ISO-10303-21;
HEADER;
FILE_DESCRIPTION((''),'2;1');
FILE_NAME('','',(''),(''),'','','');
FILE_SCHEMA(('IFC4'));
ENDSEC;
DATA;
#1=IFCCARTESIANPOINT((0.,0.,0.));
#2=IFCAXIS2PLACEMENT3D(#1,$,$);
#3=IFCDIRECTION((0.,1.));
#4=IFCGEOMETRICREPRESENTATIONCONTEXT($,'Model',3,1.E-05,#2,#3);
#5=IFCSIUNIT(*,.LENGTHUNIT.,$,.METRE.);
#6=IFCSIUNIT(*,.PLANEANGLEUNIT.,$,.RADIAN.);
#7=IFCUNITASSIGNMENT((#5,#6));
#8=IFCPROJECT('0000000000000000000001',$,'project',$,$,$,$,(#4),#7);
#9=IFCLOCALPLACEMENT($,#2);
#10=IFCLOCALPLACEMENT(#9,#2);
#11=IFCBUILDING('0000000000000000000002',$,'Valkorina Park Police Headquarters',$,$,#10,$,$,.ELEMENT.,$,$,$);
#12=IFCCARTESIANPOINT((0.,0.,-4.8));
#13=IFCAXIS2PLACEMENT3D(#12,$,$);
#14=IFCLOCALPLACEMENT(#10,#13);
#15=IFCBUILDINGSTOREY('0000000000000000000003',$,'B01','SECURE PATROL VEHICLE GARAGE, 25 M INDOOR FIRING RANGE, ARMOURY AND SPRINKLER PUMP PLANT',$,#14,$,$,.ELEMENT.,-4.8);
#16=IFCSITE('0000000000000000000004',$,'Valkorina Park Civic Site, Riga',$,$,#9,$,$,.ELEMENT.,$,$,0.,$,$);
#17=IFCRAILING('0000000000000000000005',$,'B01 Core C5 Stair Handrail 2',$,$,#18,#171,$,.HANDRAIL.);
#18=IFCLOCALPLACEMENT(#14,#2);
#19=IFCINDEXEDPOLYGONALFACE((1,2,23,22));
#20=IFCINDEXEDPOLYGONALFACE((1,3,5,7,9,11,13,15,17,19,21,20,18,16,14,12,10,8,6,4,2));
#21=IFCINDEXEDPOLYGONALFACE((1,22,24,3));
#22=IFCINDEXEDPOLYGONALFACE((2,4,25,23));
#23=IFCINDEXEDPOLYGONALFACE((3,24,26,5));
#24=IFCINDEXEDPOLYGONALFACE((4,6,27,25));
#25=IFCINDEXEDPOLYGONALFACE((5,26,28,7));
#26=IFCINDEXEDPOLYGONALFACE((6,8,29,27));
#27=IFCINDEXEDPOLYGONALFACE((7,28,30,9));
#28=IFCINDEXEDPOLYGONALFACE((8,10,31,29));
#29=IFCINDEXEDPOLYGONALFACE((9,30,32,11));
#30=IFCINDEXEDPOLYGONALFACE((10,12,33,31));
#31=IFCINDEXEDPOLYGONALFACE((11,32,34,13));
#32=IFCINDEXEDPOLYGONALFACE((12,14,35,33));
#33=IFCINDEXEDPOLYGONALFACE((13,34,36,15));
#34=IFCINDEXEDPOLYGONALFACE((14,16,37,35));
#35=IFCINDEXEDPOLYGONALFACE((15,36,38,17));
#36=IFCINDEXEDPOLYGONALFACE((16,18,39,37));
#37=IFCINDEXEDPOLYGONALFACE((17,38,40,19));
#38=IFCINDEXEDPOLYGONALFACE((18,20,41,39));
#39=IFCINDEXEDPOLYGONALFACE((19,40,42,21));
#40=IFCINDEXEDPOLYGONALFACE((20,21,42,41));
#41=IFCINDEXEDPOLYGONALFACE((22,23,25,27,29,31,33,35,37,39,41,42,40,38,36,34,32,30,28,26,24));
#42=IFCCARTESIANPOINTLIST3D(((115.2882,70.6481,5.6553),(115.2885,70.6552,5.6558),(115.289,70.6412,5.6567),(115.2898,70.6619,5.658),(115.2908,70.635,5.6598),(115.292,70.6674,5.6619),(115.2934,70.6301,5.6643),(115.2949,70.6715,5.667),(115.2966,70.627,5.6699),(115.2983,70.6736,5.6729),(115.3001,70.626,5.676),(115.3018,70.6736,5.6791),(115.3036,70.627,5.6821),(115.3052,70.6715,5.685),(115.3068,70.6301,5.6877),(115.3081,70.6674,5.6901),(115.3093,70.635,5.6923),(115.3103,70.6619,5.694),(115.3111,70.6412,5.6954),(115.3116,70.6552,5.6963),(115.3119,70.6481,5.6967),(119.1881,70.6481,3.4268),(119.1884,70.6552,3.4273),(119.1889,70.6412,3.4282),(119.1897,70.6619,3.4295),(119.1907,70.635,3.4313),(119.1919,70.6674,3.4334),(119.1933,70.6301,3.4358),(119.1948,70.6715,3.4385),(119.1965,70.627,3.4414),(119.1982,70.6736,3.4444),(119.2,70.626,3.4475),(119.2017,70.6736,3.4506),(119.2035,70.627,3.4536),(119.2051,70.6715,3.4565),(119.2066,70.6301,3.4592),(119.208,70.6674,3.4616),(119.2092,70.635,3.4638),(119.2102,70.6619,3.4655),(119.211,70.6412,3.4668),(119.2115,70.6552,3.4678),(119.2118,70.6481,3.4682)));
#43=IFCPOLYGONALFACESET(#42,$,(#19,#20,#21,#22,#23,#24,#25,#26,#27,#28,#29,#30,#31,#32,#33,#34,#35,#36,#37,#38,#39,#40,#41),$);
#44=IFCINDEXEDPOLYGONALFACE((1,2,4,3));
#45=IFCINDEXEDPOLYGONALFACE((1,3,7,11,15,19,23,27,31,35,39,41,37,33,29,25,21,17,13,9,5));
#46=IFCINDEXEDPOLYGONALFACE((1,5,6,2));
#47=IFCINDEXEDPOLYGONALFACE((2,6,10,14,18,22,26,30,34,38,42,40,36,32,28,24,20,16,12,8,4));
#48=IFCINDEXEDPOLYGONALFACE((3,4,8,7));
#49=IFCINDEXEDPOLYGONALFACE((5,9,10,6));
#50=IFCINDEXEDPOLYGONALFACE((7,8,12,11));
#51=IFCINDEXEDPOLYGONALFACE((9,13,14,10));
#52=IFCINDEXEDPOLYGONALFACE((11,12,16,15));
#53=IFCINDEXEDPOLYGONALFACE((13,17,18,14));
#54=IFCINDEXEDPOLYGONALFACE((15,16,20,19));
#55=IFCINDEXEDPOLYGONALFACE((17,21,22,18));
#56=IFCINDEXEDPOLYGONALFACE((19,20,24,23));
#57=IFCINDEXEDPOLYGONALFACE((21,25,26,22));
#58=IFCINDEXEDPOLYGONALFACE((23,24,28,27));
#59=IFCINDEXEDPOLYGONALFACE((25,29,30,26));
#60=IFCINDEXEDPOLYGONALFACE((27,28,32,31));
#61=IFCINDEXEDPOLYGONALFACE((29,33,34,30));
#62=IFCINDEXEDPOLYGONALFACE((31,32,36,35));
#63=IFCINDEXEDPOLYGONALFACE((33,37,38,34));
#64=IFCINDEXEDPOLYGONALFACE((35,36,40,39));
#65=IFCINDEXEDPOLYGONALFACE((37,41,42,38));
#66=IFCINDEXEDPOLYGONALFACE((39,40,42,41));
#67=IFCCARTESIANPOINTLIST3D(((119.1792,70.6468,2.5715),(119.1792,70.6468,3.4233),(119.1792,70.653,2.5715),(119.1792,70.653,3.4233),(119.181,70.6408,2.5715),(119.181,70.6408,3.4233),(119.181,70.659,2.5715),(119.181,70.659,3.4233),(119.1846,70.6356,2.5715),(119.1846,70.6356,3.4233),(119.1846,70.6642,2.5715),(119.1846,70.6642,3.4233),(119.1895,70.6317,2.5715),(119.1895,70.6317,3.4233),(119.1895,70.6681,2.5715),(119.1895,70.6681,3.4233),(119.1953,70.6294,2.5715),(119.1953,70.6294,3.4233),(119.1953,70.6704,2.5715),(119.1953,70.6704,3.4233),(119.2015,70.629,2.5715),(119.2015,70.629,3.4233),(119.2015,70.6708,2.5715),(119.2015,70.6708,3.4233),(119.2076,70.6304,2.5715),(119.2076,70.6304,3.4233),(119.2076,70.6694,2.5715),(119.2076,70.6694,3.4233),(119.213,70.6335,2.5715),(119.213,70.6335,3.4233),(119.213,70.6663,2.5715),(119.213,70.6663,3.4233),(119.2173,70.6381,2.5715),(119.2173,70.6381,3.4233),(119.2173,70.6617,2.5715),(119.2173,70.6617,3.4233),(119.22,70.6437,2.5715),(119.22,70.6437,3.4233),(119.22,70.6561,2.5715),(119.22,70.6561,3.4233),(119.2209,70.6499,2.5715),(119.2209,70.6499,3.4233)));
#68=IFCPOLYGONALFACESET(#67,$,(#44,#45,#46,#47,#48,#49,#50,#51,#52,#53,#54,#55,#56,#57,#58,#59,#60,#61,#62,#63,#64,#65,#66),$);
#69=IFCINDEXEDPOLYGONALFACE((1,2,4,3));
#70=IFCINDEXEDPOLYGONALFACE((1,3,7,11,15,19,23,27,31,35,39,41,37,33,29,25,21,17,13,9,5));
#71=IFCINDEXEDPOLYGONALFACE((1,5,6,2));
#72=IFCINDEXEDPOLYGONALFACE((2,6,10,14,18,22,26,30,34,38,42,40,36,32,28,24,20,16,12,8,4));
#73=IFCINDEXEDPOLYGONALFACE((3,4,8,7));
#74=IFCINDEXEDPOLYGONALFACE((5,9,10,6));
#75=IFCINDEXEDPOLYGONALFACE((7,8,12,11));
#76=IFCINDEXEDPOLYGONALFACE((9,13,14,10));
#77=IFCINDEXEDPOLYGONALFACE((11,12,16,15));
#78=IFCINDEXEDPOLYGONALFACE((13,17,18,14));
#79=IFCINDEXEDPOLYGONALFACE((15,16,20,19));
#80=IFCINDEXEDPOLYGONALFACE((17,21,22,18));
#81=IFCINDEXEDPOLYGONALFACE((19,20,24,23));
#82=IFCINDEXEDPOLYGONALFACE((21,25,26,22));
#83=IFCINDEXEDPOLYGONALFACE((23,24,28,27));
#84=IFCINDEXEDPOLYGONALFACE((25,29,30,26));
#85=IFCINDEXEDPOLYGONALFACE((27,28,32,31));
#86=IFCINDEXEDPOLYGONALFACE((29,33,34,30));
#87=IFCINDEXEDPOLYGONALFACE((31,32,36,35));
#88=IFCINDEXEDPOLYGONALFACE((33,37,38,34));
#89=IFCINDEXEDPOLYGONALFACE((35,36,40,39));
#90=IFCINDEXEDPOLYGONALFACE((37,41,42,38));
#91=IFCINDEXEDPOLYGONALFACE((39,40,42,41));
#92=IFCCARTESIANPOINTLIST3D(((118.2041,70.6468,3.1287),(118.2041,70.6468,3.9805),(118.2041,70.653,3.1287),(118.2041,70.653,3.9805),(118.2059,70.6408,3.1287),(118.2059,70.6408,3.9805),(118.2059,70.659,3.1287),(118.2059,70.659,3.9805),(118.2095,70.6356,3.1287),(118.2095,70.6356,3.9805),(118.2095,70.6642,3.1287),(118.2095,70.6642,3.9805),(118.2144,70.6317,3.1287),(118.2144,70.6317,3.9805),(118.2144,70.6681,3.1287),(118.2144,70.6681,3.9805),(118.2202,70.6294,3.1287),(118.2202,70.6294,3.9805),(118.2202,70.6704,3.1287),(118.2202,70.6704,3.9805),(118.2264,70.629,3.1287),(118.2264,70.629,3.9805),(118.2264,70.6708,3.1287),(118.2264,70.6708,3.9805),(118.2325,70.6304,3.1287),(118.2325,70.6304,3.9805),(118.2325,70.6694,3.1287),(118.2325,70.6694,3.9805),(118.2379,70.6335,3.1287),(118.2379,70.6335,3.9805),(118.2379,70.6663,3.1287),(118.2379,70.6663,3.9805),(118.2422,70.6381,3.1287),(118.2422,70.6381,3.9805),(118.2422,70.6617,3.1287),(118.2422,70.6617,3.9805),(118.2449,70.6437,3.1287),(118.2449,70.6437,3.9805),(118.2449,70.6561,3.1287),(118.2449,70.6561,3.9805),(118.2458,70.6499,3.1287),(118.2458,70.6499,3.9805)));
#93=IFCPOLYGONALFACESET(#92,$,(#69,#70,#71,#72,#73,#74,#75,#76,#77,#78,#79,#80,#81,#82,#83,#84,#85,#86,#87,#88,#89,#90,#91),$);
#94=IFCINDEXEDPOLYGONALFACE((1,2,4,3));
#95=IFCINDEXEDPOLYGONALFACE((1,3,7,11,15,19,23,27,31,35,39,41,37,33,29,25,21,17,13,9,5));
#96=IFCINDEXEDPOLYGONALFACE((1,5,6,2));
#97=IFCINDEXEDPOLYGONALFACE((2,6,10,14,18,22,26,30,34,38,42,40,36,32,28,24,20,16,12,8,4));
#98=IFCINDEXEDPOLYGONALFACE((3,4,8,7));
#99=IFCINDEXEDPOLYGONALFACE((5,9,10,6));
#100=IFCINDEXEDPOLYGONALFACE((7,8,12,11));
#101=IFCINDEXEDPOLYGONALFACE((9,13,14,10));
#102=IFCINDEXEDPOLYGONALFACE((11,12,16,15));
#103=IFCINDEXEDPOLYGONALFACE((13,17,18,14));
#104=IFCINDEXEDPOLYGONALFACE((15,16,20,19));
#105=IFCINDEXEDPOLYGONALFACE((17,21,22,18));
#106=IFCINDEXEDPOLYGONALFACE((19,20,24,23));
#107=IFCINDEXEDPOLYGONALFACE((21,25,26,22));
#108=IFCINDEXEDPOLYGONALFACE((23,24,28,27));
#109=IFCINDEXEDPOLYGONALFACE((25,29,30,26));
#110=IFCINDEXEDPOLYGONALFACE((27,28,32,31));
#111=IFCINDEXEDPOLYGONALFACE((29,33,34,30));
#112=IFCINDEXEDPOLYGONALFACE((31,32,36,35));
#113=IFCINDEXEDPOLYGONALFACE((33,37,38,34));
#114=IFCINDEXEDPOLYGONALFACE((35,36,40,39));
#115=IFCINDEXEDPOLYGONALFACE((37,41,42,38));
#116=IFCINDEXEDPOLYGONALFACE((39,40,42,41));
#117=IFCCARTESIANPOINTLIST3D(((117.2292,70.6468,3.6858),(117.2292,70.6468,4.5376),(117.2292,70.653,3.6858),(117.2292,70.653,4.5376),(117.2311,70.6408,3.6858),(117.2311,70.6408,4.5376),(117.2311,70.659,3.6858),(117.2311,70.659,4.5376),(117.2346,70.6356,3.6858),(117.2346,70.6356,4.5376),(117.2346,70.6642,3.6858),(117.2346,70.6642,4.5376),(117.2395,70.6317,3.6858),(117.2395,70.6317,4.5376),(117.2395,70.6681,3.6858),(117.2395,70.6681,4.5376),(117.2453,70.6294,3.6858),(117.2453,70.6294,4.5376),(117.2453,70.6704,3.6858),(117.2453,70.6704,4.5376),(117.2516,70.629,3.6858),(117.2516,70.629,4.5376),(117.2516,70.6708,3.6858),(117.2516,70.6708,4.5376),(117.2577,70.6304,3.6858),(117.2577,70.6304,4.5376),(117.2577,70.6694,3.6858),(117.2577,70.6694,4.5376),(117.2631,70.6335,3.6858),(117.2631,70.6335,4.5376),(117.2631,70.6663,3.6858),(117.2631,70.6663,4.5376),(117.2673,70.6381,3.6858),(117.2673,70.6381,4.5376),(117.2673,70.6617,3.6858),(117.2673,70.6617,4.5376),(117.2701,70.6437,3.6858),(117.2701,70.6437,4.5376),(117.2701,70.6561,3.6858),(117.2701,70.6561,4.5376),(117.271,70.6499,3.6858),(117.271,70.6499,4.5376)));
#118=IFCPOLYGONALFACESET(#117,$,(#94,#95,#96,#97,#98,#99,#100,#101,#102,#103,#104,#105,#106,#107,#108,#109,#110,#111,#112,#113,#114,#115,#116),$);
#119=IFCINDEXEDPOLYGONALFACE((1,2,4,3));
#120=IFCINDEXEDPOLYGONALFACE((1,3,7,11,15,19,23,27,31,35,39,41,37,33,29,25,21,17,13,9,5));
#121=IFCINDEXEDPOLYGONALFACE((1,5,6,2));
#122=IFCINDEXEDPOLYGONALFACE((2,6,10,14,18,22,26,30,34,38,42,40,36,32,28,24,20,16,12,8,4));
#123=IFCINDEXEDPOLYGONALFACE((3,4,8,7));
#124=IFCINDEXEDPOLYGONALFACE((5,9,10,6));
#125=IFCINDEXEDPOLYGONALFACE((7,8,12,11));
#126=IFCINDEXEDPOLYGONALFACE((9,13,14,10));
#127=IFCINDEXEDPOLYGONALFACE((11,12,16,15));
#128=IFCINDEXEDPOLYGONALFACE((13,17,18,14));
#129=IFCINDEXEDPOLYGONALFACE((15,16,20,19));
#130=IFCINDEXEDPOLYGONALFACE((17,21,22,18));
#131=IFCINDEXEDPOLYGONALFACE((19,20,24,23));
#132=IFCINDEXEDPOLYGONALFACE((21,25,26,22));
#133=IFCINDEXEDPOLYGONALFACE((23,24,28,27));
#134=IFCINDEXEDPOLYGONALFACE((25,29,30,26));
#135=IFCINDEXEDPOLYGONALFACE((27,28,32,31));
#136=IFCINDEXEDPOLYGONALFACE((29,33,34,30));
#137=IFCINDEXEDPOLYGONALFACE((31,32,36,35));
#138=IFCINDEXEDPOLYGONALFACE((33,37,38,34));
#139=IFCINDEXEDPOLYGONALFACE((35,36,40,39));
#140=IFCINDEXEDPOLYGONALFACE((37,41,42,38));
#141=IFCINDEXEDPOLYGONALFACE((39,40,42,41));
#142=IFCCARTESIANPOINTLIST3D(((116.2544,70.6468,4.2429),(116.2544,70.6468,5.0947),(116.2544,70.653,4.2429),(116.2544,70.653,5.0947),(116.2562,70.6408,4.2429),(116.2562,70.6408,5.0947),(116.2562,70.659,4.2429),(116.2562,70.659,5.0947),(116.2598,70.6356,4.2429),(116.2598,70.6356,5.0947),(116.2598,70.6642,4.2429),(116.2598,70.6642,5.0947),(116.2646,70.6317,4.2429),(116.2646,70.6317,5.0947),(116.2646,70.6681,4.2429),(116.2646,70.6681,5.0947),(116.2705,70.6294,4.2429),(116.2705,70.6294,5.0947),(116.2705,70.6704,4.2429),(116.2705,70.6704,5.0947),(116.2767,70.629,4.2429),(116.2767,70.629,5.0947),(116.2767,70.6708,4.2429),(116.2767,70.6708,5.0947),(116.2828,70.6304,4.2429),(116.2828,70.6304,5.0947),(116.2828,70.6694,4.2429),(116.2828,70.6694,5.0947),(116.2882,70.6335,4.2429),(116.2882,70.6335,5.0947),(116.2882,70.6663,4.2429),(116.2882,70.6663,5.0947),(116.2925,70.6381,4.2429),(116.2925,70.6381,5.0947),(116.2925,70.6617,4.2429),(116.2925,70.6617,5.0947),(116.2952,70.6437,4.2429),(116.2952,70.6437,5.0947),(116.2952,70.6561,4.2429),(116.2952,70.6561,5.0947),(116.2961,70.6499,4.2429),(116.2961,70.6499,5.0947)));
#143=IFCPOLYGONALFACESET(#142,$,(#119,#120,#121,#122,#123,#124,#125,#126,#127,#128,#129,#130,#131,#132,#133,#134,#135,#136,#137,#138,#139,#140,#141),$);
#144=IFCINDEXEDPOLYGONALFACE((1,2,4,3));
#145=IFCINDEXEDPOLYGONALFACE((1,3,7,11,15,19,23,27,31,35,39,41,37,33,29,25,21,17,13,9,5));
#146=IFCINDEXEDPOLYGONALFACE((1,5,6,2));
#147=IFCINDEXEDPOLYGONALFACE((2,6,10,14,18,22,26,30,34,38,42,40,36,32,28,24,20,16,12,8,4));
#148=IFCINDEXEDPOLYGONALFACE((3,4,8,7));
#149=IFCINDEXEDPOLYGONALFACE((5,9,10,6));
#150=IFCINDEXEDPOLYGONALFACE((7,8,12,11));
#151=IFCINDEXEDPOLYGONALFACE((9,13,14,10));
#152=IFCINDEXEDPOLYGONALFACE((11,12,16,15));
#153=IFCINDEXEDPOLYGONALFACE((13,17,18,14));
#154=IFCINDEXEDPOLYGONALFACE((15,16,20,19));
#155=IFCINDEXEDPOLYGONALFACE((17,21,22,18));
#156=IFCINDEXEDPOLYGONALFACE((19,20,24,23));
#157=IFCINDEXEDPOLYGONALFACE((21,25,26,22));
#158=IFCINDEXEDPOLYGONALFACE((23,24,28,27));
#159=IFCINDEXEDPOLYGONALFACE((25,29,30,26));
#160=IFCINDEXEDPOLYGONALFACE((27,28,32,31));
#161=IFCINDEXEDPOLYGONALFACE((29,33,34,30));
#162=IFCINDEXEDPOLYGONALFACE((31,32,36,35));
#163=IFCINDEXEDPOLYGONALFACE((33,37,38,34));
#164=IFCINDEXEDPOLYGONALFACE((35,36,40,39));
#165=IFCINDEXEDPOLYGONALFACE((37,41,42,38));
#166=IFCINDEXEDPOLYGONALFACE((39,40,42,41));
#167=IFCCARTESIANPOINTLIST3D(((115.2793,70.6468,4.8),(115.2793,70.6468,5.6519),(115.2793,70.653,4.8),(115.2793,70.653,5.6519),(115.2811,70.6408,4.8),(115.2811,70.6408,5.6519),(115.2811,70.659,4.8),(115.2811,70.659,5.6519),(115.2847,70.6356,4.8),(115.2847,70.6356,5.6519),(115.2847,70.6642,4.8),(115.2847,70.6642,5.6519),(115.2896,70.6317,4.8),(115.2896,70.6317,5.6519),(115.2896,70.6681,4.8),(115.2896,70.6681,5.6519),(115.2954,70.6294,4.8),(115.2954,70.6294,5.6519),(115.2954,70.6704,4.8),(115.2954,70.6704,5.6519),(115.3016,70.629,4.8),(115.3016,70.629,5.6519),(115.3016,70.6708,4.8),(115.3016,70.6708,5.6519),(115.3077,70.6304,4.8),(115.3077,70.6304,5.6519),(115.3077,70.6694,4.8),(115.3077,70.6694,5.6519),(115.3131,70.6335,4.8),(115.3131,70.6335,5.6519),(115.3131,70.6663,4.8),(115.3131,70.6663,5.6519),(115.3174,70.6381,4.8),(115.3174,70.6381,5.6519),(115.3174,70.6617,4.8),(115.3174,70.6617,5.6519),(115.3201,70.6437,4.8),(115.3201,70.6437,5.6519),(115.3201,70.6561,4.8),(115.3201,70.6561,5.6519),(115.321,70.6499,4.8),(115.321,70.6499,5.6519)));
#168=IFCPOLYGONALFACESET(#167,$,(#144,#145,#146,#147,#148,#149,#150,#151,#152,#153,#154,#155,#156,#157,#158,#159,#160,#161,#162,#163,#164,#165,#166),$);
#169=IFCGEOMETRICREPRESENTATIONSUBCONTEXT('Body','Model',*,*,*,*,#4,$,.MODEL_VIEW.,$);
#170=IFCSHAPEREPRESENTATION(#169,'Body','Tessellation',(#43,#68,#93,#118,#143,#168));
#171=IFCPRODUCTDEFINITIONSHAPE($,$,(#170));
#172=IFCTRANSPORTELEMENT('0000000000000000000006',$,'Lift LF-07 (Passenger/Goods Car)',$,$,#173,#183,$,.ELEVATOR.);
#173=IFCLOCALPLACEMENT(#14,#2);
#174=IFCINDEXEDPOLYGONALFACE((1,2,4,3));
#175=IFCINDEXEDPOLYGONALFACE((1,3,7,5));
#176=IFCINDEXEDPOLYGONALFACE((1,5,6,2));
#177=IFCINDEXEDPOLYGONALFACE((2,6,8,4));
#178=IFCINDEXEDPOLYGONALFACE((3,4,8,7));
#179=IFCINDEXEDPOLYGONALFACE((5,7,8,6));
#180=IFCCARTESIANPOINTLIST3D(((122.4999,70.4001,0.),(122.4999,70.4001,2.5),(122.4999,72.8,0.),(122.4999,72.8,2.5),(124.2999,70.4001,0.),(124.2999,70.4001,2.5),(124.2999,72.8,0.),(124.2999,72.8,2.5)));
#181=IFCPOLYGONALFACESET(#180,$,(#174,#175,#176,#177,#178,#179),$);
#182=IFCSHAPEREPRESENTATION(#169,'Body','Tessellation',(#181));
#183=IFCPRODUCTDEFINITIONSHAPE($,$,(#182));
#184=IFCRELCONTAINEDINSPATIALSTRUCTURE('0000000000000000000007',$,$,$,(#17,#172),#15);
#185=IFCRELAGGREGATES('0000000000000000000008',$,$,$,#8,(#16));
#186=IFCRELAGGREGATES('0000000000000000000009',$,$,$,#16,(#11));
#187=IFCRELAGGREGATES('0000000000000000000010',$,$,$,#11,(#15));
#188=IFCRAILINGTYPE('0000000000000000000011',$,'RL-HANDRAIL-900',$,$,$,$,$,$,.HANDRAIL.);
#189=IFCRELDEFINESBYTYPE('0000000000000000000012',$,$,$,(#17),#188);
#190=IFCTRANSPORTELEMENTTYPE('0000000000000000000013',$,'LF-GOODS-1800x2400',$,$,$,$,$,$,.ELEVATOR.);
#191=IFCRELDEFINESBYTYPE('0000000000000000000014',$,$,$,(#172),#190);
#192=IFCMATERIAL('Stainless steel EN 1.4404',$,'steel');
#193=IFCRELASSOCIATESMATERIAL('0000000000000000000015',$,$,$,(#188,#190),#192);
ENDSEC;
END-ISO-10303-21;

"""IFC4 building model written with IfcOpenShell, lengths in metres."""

from ifc_helpers import new_model, si_unit, direction, frame, origin, origin_2d, place, context, subcontext, project, spatial, rectangle, circle, extrude, material, type_object, element, save


model = new_model("IFC4")

# Units and contexts
model_context = context("Model", 3, precision=1e-05, world=origin(), true_north=direction((0.0, 1.0)))
body_context = subcontext(model_context, "Body", "Model", "MODEL_VIEW")
ifc_project = project(units=[si_unit("LENGTHUNIT", "METRE"), si_unit("PLANEANGLEUNIT", "RADIAN")], contexts=[model_context])

# Site, building, storey
site_placement = place(None, origin())
site = spatial("IfcSite", under=ifc_project, at=site_placement, Name="Valkorina Park Civic Site, Riga", CompositionType="ELEMENT", RefElevation=0.0)
building_placement = place(site_placement, origin())
building = spatial("IfcBuilding", under=site, at=building_placement, Name="Valkorina Park Police Headquarters", CompositionType="ELEMENT")
storey_placement = place(building_placement, frame((0.0, 0.0, -4.8)))
storey = spatial("IfcBuildingStorey", under=building, at=storey_placement, Name="B01", Description="SECURE PATROL VEHICLE GARAGE, 25 M INDOOR FIRING RANGE, ARMOURY AND SPRINKLER PUMP PLANT", CompositionType="ELEMENT", Elevation=-4.8)

# Shared definitions
ifc_material_1 = material(Name="Stainless steel EN 1.4404", Category="steel")

# Railing
railing_type_1 = type_object("IfcRailingType", Name="RL-HANDRAIL-900", PredefinedType="HANDRAIL", material=ifc_material_1)
railing_1_placement = place(storey_placement, frame((119.2, 70.6499, 2.5715)))
element("IfcRailing", 1, at=railing_1_placement, inside=storey, type_object=railing_type_1, Name="B01 Core C5 Stair Handrail 2", PredefinedType="HANDRAIL", context=body_context, shape_type="SweptSolid", body=[
    extrude(circle(Radius=0.0239, at=origin_2d()), frame((0.0, 0.0, 0.876), z_axis=(-0.868243, 0.0, 0.496139), x_axis=(0.0, -1.0, 0.0)), (0.0, 0.0, 1.0), 4.4917),
    extrude(circle(Radius=0.021, at=origin_2d()), origin(), (0.0, 0.0, 1.0), 0.8518),
    extrude(circle(Radius=0.021, at=origin_2d()), frame((-0.9751, 0.0, 0.5571)), (0.0, 0.0, 1.0), 0.8518),
    extrude(circle(Radius=0.021, at=origin_2d()), frame((-1.95, 0.0, 1.1143)), (0.0, 0.0, 1.0), 0.8518),
    extrude(circle(Radius=0.021, at=origin_2d()), frame((-2.9248, 0.0, 1.6714)), (0.0, 0.0, 1.0), 0.8518),
    extrude(circle(Radius=0.021, at=origin_2d()), frame((-3.8999, 0.0, 2.2285)), (0.0, 0.0, 1.0), 0.8518),
])

# Transport element
transport_element_type = type_object("IfcTransportElementType", Name="LF-GOODS-1800x2400", PredefinedType="ELEVATOR", material=ifc_material_1)
transport_element_placement = place(storey_placement, frame((123.3999, 71.6001, 0.0), z_axis=(0.0, 0.0, 1.0), x_axis=(1.0, 0.0, 0.0)))
element("IfcTransportElement", 2, at=transport_element_placement, inside=storey, type_object=transport_element_type, Name="Lift LF-07 (Passenger/Goods Car)", PredefinedType="ELEVATOR", context=body_context, shape_type="SweptSolid", body=[
    extrude(rectangle(XDim=1.8, YDim=2.3999, at=origin_2d()), origin(), (0.0, 0.0, 1.0), 2.5),
])

save(model, "model.ifc")
